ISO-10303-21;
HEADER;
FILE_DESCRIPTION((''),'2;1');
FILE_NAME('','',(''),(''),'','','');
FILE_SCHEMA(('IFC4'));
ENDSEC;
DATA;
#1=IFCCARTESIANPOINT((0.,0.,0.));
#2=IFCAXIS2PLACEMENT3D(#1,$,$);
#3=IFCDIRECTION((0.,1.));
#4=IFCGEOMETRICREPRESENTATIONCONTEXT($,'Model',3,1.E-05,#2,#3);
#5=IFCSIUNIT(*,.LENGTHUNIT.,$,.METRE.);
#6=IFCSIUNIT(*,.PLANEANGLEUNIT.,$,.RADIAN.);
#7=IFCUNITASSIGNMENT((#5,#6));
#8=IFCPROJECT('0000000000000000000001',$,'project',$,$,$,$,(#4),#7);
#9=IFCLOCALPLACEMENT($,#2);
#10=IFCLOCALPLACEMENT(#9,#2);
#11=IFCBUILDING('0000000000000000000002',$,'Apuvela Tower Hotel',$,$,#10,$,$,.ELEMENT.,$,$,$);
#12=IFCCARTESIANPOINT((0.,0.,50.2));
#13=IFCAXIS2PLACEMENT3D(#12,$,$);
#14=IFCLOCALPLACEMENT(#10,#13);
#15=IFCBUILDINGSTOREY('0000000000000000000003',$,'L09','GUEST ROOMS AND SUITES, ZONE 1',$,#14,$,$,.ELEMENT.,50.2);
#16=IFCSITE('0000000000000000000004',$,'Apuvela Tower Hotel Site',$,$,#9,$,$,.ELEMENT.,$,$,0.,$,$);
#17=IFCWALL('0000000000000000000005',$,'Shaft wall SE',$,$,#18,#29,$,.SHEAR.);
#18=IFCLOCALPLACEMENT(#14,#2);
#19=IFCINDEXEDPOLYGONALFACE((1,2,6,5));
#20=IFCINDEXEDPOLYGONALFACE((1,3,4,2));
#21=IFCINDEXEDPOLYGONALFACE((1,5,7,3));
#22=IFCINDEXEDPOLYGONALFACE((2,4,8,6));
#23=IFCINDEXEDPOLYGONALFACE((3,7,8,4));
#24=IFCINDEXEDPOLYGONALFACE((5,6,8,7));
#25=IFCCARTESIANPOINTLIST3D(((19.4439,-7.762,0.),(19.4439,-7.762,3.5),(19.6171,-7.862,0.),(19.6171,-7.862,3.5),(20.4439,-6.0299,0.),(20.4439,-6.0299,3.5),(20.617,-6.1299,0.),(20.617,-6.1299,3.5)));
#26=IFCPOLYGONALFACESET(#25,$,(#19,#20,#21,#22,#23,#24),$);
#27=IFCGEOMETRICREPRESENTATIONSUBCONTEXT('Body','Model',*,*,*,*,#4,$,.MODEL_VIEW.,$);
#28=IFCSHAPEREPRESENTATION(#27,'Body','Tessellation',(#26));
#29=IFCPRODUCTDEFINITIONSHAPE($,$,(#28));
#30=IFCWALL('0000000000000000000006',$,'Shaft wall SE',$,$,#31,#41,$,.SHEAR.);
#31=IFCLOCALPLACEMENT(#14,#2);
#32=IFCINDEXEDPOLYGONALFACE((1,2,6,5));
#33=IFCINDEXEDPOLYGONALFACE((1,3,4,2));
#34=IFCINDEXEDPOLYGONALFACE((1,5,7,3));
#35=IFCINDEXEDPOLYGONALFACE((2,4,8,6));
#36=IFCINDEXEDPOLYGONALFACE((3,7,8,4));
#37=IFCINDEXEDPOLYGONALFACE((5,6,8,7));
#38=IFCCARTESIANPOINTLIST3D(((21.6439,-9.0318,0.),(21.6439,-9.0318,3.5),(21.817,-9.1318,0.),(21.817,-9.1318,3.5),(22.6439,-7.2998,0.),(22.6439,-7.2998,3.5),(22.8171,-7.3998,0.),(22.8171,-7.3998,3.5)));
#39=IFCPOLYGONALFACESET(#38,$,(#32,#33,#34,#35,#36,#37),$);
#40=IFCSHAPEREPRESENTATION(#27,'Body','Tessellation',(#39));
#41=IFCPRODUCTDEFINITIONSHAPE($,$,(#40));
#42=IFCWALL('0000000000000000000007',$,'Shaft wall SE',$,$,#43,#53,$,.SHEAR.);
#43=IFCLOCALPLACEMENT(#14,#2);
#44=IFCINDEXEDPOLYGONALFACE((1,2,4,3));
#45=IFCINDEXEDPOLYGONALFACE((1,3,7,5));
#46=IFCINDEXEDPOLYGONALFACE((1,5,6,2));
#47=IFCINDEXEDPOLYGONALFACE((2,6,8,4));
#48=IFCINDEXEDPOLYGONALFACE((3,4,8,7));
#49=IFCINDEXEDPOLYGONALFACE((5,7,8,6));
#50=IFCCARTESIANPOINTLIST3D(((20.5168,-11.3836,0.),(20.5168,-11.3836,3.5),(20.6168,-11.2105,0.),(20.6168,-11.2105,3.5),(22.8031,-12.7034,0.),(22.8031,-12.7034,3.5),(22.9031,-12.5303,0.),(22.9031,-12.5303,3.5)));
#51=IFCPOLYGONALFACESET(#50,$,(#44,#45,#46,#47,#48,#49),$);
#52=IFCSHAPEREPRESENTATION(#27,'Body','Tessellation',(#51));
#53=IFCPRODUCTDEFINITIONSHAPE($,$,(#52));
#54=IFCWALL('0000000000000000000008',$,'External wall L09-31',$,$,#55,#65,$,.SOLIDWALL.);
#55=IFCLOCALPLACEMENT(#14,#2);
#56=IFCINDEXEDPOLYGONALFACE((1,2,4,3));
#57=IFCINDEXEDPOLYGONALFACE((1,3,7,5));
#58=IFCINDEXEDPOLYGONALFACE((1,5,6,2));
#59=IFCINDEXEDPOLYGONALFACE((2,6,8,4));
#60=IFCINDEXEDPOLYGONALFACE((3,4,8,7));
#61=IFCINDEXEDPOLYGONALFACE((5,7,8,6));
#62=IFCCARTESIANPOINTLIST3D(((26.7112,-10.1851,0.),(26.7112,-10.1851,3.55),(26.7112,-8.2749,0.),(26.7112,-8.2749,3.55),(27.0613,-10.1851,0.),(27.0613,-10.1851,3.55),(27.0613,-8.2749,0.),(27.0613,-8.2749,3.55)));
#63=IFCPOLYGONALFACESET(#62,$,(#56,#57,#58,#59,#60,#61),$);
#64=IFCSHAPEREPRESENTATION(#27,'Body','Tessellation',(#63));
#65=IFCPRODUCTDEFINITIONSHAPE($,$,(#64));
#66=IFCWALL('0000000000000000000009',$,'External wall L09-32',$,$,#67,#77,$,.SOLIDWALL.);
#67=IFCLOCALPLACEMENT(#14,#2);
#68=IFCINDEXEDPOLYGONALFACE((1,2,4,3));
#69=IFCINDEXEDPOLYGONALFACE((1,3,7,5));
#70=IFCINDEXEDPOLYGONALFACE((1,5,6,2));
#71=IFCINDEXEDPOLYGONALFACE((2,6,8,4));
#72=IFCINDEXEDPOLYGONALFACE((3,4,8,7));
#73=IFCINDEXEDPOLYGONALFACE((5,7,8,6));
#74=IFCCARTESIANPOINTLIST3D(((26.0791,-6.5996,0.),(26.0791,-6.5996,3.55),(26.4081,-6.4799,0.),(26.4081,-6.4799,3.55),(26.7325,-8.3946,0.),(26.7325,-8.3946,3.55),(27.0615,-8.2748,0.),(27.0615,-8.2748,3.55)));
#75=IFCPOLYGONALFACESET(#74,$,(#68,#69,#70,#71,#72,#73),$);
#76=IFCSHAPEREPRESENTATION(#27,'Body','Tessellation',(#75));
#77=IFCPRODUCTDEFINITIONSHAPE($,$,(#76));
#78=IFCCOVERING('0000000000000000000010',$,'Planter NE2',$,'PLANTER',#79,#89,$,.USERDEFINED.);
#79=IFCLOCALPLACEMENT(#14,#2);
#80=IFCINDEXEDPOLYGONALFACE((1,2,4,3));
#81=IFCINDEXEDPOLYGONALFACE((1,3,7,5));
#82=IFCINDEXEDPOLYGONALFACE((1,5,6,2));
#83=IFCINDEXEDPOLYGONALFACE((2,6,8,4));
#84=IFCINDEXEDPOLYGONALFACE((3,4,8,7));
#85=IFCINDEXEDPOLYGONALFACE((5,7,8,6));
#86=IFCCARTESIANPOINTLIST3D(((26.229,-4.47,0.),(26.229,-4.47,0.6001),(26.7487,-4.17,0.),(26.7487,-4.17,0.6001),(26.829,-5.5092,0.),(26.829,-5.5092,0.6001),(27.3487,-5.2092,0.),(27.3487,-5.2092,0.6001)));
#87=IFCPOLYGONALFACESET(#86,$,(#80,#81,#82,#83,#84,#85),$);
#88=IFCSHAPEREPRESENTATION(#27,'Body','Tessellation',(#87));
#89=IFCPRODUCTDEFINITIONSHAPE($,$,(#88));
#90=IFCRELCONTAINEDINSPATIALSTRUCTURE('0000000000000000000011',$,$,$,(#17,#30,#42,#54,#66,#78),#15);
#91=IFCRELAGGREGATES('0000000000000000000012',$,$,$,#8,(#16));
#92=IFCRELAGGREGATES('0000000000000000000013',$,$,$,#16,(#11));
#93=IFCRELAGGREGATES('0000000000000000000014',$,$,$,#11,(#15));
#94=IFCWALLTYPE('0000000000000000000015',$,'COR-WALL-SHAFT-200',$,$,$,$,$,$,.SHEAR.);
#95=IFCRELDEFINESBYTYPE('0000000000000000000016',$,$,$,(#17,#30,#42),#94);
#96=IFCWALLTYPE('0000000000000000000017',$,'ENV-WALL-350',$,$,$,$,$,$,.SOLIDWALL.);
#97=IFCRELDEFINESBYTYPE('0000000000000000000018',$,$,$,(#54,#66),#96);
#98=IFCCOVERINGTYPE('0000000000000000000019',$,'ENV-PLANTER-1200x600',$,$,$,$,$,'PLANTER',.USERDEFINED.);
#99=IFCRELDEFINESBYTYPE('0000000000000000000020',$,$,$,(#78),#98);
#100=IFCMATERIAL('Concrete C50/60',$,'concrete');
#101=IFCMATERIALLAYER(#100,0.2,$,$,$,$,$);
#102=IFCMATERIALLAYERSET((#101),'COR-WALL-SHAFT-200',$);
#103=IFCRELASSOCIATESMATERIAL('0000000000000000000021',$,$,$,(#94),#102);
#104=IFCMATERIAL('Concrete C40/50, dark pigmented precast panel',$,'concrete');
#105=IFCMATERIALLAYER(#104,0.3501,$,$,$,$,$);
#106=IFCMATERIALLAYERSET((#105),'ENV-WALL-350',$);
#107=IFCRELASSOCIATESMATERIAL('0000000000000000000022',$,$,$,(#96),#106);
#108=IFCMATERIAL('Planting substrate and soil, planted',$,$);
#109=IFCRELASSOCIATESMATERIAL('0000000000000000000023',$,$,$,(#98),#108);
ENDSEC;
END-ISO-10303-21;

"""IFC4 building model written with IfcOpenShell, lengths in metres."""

from ifc_helpers import new_model, si_unit, direction, frame, frame_2d, origin, origin_2d, place, context, subcontext, project, spatial, rectangle, extrude, material, layer, layer_set, type_object, element, save


model = new_model("IFC4")

# Units and contexts
model_context = context("Model", 3, precision=1e-05, world=origin(), true_north=direction((0.0, 1.0)))
body_context = subcontext(model_context, "Body", "Model", "MODEL_VIEW")
ifc_project = project(units=[si_unit("LENGTHUNIT", "METRE"), si_unit("PLANEANGLEUNIT", "RADIAN")], contexts=[model_context])

# Site, building, storey
site_placement = place(None, origin())
site = spatial("IfcSite", under=ifc_project, at=site_placement, Name="Apuvela Tower Hotel Site", CompositionType="ELEMENT", RefElevation=0.0)
building_placement = place(site_placement, origin())
building = spatial("IfcBuilding", under=site, at=building_placement, Name="Apuvela Tower Hotel", CompositionType="ELEMENT")
storey_placement = place(building_placement, frame((0.0, 0.0, 50.2)))
storey = spatial("IfcBuildingStorey", under=building, at=storey_placement, Name="L09", Description="GUEST ROOMS AND SUITES, ZONE 1", CompositionType="ELEMENT", Elevation=50.2)

# Walls
ifc_material_1 = material(Name="Concrete C50/60", Category="concrete")
ifc_layer_1 = layer(ifc_material_1, 0.2)
ifc_layer_set_1 = layer_set([ifc_layer_1], Name="COR-WALL-SHAFT-200")
wall_type_1 = type_object("IfcWallType", Name="COR-WALL-SHAFT-200", PredefinedType="SHEAR", material=ifc_layer_set_1)
for number, where, z_axis, x_axis, name in (
    (1, (19.5305, -7.812, 0.0), (0.0, 0.0, 1.0), (0.499973, 0.866041, 0.0), "Shaft wall SE"),
    (2, (21.7305, -9.0818, 0.0), (0.0, 0.0, 1.0), (0.500025, 0.866011, 0.0), "Shaft wall SE"),
):
    element("IfcWall", number, at=place(storey_placement, frame(where, z_axis=z_axis, x_axis=x_axis)), inside=storey, type_object=wall_type_1, Name=name, PredefinedType="SHEAR", context=body_context, shape_type="SweptSolid", body=[
        extrude(rectangle(XDim=2.0, YDim=0.2, at=frame_2d((1.0, 0.0))), origin(), (0.0, 0.0, 1.0), 3.5),
    ])
wall_1_placement = place(storey_placement, frame((20.5669, -11.2971, 0.0), z_axis=(0.0, 0.0, 1.0), x_axis=(0.866061, -0.499939, 0.0)))
element("IfcWall", 3, at=wall_1_placement, inside=storey, type_object=wall_type_1, Name="Shaft wall SE", PredefinedType="SHEAR", context=body_context, shape_type="SweptSolid", body=[
    extrude(rectangle(XDim=2.6399, YDim=0.2, at=frame_2d((1.3198, 0.0))), origin(), (0.0, 0.0, 1.0), 3.5),
])
ifc_material_2 = material(Name="Concrete C40/50, dark pigmented precast panel", Category="concrete")
ifc_layer_2 = layer(ifc_material_2, 0.3501)
ifc_layer_set_2 = layer_set([ifc_layer_2], Name="ENV-WALL-350")
wall_type_2 = type_object("IfcWallType", Name="ENV-WALL-350", PredefinedType="SOLIDWALL", material=ifc_layer_set_2)
for number, where, z_axis, x_axis, name in (
    (4, (26.8862, -10.1851, 0.0), (0.0, 0.0, 1.0), (0.0, 1.0, 0.0), "External wall L09-31"),
    (5, (26.897, -8.3347, 0.0), (0.0, 0.0, 1.0), (-0.34203, 0.939689, 0.0), "External wall L09-32"),
):
    element("IfcWall", number, at=place(storey_placement, frame(where, z_axis=z_axis, x_axis=x_axis)), inside=storey, type_object=wall_type_2, Name=name, PredefinedType="SOLIDWALL", context=body_context, shape_type="SweptSolid", body=[
        extrude(rectangle(XDim=1.9102, YDim=0.3501, at=frame_2d((0.9551, 0.0))), origin(), (0.0, 0.0, 1.0), 3.55),
    ])

# Covering
ifc_material_3 = material(Name="Planting substrate and soil, planted")
covering_type = type_object("IfcCoveringType", Name="ENV-PLANTER-1200x600", ElementType="PLANTER", PredefinedType="USERDEFINED", material=ifc_material_3)
covering_placement = place(storey_placement, frame((26.7888, -4.8396, 0.0), z_axis=(0.0, 0.0, 1.0), x_axis=(-0.5, 0.866025, 0.0)))
element("IfcCovering", 6, at=covering_placement, inside=storey, type_object=covering_type, Name="Planter NE2", ObjectType="PLANTER", PredefinedType="USERDEFINED", context=body_context, shape_type="SweptSolid", body=[
    extrude(rectangle(XDim=1.2, YDim=0.6001, at=origin_2d()), origin(), (0.0, 0.0, 1.0), 0.6001),
])

save(model, "model.ifc")
